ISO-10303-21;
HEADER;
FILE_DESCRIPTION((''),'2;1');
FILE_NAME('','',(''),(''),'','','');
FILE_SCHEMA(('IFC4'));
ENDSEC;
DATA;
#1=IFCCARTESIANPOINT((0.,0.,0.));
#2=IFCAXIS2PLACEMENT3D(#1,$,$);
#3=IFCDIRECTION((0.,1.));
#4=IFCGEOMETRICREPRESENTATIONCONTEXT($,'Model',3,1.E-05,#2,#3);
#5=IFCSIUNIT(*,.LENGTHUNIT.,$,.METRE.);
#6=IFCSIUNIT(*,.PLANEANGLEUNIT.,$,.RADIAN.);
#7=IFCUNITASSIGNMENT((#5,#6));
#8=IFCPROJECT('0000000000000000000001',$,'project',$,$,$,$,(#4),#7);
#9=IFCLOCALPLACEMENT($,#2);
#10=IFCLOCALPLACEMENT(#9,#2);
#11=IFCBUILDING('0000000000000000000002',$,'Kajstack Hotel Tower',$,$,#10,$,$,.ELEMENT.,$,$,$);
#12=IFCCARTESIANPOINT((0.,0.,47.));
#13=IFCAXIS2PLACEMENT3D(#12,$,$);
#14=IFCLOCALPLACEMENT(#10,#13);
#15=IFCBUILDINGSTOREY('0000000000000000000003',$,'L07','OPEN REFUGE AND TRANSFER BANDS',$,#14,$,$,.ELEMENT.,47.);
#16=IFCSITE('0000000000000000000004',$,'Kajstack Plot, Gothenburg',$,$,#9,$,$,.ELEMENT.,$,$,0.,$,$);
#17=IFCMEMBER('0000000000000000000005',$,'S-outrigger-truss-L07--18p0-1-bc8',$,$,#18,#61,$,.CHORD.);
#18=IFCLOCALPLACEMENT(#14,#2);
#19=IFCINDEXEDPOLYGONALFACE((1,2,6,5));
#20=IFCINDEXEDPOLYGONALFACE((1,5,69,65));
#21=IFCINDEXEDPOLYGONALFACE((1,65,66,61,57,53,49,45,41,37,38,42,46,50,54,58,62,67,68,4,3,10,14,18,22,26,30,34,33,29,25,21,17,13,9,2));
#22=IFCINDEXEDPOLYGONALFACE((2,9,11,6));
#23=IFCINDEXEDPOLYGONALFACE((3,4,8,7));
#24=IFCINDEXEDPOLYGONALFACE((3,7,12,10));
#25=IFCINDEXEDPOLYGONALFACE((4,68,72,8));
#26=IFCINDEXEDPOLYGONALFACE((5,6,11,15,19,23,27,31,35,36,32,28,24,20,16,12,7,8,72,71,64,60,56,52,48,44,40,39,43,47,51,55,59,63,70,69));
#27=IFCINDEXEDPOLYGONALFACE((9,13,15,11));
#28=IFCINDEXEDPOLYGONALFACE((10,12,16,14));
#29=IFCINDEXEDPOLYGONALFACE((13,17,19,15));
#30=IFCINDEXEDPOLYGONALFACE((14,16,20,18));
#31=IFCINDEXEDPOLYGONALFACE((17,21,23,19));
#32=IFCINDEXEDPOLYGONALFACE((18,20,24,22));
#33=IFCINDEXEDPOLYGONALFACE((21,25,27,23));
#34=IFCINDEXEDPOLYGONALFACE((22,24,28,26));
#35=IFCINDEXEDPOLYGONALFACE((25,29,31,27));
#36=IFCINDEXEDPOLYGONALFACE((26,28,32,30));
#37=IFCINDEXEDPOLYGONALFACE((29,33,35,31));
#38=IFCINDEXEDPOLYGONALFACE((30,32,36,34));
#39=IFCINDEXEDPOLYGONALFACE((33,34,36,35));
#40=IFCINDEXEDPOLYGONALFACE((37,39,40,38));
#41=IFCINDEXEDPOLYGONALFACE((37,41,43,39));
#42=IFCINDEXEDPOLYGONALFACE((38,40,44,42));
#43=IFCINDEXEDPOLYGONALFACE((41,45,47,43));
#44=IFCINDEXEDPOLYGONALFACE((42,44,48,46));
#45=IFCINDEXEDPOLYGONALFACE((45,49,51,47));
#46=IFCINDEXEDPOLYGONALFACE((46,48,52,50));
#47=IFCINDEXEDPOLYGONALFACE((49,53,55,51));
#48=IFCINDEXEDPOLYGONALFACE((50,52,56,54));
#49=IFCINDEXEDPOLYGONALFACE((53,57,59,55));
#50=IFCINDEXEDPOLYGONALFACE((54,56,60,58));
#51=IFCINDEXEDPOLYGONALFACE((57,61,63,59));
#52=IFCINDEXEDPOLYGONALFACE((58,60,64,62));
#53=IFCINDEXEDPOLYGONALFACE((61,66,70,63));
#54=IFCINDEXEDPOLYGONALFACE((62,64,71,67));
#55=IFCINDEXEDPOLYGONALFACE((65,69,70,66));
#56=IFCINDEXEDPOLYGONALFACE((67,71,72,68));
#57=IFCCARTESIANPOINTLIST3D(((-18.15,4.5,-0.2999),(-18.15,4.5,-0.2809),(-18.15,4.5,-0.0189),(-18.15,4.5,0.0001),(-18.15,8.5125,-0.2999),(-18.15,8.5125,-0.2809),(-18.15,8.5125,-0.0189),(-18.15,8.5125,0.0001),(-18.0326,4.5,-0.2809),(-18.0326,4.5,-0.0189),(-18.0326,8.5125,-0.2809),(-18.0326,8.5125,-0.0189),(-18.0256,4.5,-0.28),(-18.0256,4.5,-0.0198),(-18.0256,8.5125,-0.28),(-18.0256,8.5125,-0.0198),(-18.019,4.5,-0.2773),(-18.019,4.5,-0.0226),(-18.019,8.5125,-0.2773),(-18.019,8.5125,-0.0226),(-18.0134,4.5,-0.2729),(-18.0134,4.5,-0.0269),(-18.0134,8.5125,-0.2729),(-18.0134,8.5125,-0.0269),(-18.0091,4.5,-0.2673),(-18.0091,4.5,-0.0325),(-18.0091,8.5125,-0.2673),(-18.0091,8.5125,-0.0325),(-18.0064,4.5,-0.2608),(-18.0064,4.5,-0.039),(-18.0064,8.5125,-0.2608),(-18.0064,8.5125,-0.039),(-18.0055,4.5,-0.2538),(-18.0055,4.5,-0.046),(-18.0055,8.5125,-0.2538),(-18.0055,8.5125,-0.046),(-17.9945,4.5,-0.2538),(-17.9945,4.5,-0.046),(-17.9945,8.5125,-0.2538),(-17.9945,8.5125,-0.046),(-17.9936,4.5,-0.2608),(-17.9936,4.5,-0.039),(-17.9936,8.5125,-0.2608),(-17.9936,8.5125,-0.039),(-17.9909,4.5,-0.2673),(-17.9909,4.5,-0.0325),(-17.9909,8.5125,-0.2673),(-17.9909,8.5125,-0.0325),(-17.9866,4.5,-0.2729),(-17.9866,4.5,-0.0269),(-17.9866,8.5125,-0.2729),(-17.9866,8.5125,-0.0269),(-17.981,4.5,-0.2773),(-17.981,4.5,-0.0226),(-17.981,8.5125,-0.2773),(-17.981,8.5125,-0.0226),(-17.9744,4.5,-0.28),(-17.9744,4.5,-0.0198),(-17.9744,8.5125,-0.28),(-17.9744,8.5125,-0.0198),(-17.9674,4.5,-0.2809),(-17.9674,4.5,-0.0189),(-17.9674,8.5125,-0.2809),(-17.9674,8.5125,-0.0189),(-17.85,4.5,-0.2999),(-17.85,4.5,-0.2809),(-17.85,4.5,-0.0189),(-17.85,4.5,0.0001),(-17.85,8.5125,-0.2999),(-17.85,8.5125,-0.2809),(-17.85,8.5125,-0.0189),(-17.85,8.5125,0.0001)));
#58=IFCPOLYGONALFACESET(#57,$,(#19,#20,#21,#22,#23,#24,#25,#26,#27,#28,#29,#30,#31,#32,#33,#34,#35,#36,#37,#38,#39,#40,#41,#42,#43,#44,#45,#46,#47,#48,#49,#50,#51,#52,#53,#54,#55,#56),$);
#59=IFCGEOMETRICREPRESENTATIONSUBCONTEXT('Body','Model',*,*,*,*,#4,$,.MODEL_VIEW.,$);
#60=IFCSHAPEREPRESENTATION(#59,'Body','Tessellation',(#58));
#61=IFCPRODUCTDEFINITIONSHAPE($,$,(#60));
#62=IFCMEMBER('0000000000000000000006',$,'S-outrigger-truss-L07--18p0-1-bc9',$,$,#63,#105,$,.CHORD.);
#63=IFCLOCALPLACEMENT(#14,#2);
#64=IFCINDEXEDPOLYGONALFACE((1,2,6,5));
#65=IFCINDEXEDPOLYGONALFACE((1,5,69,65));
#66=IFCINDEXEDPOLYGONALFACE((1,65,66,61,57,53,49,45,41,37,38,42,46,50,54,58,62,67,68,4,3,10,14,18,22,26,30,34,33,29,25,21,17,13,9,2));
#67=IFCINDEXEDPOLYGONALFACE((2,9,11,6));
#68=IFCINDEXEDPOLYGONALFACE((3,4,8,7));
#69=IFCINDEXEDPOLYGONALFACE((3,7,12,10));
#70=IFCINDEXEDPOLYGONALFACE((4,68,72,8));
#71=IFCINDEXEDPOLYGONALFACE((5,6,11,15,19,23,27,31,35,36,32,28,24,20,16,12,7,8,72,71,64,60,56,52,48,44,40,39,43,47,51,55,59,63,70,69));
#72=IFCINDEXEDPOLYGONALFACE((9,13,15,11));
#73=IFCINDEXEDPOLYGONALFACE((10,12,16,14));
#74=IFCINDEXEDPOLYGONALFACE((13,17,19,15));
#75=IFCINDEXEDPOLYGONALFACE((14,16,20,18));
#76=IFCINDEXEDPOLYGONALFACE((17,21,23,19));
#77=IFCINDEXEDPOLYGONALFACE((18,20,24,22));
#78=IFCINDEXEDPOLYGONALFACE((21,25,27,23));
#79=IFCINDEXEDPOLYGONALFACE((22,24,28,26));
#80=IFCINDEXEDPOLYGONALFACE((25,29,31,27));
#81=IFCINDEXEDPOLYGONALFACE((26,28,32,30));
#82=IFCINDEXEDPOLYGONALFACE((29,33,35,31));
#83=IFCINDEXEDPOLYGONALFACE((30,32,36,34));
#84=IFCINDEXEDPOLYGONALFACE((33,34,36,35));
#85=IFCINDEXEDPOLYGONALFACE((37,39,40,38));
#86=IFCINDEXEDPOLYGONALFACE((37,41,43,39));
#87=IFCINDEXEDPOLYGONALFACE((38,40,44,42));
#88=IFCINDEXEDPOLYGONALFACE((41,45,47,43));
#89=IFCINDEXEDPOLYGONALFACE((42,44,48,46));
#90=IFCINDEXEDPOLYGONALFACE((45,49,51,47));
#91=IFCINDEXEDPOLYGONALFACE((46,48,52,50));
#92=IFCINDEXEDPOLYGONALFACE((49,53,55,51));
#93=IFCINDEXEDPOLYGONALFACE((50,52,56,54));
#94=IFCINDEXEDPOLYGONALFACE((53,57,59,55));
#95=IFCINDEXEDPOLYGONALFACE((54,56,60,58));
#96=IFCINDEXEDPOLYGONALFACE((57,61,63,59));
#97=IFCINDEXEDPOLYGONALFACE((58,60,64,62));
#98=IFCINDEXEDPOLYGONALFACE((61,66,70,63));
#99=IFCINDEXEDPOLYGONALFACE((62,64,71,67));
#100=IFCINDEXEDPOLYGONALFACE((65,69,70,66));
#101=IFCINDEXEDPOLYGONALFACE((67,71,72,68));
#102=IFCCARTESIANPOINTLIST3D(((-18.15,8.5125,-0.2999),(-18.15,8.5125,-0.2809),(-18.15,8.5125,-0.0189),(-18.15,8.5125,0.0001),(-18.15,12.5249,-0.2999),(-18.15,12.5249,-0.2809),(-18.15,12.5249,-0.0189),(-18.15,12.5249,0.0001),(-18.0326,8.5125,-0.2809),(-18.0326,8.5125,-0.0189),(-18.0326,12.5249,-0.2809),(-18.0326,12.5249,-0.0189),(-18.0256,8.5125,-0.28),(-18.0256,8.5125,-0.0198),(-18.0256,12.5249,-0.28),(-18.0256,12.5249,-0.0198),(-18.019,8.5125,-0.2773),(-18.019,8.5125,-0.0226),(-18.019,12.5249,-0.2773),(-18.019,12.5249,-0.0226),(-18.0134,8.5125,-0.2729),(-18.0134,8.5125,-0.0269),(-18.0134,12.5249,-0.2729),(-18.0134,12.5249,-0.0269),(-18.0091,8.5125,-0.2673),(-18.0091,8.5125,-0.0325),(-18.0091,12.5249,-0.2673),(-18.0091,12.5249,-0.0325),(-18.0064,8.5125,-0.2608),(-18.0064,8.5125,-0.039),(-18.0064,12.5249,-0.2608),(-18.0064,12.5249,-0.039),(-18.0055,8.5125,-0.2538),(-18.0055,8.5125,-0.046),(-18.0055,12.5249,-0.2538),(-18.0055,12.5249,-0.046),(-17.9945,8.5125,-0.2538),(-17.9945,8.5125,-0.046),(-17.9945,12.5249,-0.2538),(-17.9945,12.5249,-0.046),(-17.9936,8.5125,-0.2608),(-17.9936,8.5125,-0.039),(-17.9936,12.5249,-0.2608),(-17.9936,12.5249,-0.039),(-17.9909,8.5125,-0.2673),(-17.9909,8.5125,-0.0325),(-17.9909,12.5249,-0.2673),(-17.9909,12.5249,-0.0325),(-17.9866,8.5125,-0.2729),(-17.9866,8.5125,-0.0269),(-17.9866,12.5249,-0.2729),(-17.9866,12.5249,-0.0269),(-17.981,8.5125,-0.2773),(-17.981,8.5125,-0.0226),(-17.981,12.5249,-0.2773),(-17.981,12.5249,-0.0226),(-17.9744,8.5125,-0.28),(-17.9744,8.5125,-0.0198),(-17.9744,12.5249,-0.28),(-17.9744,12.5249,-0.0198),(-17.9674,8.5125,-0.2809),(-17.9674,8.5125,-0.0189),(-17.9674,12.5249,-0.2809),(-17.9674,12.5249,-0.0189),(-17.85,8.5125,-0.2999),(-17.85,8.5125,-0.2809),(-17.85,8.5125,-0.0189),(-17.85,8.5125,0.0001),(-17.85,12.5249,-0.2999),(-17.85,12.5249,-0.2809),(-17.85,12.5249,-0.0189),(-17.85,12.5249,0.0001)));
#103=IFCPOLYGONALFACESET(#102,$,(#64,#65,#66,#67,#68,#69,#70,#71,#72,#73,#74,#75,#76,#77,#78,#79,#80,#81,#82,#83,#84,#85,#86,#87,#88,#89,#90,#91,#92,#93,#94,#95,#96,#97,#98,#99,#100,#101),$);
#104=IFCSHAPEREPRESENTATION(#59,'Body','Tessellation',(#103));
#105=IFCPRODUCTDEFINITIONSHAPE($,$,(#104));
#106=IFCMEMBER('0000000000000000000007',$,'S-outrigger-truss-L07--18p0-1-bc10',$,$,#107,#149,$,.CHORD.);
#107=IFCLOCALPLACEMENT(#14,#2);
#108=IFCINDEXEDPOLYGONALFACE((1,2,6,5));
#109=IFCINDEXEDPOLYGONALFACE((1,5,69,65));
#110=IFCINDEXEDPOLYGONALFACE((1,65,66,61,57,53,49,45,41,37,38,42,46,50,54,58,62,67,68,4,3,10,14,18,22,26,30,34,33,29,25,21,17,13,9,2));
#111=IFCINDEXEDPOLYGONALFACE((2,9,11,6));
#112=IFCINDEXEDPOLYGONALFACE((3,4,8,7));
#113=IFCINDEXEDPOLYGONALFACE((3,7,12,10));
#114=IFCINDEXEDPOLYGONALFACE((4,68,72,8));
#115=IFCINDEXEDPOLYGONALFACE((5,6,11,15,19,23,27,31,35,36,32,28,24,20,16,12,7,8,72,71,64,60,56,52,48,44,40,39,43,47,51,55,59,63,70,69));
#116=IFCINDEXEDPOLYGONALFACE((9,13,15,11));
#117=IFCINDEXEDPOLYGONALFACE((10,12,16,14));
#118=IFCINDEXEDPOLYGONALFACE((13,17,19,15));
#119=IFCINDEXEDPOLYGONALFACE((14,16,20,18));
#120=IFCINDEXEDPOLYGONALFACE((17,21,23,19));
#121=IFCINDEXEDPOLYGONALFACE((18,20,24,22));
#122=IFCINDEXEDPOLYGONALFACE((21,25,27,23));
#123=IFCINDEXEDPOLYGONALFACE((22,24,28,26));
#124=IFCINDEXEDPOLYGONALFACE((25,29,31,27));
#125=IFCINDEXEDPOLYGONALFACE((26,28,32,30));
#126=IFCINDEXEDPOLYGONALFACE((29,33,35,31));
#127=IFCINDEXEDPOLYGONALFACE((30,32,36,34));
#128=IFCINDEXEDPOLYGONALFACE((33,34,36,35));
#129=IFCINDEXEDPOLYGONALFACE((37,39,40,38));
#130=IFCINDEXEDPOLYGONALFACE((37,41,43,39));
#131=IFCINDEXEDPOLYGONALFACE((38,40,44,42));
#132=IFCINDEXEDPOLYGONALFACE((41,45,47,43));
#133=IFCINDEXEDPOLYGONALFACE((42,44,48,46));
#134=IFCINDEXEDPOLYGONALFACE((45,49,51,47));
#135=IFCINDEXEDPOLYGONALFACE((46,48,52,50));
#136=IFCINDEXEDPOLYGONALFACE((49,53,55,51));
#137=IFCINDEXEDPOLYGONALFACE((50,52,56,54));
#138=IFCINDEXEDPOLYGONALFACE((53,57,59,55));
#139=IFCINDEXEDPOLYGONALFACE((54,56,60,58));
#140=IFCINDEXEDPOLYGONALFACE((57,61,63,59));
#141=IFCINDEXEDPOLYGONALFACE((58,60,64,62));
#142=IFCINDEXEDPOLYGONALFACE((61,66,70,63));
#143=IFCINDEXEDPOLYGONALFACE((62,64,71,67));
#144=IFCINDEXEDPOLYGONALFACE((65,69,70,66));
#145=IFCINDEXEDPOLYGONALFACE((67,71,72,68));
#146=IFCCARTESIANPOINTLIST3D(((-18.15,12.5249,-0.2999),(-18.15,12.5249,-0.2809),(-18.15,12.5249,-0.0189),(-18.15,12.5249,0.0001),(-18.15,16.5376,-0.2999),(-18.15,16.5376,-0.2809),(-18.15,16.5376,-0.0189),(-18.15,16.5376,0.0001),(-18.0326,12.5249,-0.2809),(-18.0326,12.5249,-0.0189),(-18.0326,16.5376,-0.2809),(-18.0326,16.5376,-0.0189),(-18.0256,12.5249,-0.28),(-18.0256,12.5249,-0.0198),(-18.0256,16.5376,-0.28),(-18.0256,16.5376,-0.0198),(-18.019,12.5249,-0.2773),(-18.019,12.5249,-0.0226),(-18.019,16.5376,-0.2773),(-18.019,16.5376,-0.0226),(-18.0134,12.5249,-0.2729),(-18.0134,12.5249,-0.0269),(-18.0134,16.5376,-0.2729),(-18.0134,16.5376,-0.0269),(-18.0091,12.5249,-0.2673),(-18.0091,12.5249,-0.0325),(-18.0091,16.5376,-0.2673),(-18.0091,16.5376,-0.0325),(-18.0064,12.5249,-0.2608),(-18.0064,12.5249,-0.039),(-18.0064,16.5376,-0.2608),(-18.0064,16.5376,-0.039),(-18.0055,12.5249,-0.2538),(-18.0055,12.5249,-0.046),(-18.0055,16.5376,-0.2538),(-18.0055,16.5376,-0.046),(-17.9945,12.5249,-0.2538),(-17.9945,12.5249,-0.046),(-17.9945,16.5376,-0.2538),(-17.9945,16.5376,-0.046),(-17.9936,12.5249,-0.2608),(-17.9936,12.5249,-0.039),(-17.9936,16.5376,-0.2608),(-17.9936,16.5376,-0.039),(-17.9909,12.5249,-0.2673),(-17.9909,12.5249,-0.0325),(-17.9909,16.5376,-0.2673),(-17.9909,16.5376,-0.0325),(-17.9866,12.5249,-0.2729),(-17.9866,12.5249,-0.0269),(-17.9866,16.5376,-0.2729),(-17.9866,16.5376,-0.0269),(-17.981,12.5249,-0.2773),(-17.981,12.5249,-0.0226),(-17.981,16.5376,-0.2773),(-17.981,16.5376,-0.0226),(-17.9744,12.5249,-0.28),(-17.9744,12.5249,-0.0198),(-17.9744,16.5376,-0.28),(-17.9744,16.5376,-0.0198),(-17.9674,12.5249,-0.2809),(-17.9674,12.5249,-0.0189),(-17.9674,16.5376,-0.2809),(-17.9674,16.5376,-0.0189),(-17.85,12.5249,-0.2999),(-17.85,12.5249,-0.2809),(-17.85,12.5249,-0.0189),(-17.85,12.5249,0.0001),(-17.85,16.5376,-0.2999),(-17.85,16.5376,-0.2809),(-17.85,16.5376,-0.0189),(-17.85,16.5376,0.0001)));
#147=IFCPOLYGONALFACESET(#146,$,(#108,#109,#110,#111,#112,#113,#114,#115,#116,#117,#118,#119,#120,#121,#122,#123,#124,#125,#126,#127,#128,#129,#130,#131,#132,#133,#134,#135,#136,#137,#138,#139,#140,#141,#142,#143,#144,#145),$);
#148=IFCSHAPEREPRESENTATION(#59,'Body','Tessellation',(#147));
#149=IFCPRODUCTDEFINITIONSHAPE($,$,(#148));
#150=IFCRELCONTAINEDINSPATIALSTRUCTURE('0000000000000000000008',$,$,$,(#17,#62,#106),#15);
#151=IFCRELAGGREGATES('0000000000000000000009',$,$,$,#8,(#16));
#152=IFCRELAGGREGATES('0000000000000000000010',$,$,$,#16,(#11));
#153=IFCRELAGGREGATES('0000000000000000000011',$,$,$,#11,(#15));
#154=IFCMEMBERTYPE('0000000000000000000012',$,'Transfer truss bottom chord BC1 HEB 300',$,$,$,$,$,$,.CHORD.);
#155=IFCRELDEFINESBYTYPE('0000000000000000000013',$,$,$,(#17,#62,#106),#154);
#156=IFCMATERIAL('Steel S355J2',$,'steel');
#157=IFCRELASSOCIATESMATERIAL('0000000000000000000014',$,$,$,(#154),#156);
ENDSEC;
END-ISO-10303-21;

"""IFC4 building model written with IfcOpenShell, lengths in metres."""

from ifc_helpers import new_model, si_unit, direction, frame, origin, origin_2d, place, context, subcontext, project, spatial, i_section, extrude, material, material_profile, profile_set, type_object, element, save


model = new_model("IFC4")

# Units and contexts
model_context = context("Model", 3, precision=1e-05, world=origin(), true_north=direction((0.0, 1.0)))
body_context = subcontext(model_context, "Body", "Model", "MODEL_VIEW")
ifc_project = project(units=[si_unit("LENGTHUNIT", "METRE"), si_unit("PLANEANGLEUNIT", "RADIAN")], contexts=[model_context])

# Site, building, storey
site_placement = place(None, origin())
site = spatial("IfcSite", under=ifc_project, at=site_placement, Name="Kajstack Plot, Gothenburg", CompositionType="ELEMENT", RefElevation=0.0)
building_placement = place(site_placement, origin())
building = spatial("IfcBuilding", under=site, at=building_placement, Name="Kajstack Hotel Tower", CompositionType="ELEMENT")
storey_placement = place(building_placement, frame((0.0, 0.0, 47.0)))
storey = spatial("IfcBuildingStorey", under=building, at=storey_placement, Name="L07", Description="OPEN REFUGE AND TRANSFER BANDS", CompositionType="ELEMENT", Elevation=47.0)

# Members
ifc_material_1 = material(Name="Steel S355J2", Category="steel")
ifc_material_profile_1 = material_profile(ifc_material_1, i_section(OverallWidth=0.3, OverallDepth=0.3, WebThickness=0.011, FlangeThickness=0.019, FilletRadius=0.0271, at=origin_2d()), Name="HEB 300")
ifc_profile_set_1 = profile_set([ifc_material_profile_1], Name="Steel S355J2")
member_type_1 = type_object("IfcMemberType", Name="Transfer truss bottom chord BC1 HEB 300", PredefinedType="CHORD", material=ifc_profile_set_1)
for number, where, z_axis, x_axis, name in (
    (1, (-18.0, 4.5, -0.1499), (0.0, 1.0, 0.0), (-1.0, 0.0, 0.0), "S-outrigger-truss-L07--18p0-1-bc8"),
    (2, (-18.0, 8.5125, -0.1499), (0.0, 1.0, 0.0), (-1.0, 0.0, 0.0), "S-outrigger-truss-L07--18p0-1-bc9"),
):
    element("IfcMember", number, at=place(storey_placement, frame(where, z_axis=z_axis, x_axis=x_axis)), inside=storey, type_object=member_type_1, Name=name, PredefinedType="CHORD", context=body_context, shape_type="SweptSolid", body=[
        extrude(i_section(OverallWidth=0.3, OverallDepth=0.3, WebThickness=0.011, FlangeThickness=0.019, FilletRadius=0.0271, at=origin_2d()), origin(), (0.0, 0.0, 1.0), 4.0125),
    ])
member_1_placement = place(storey_placement, frame((-18.0, 12.5249, -0.1499), z_axis=(0.0, 1.0, 0.0), x_axis=(-1.0, 0.0, 0.0)))
element("IfcMember", 3, at=member_1_placement, inside=storey, type_object=member_type_1, Name="S-outrigger-truss-L07--18p0-1-bc10", PredefinedType="CHORD", context=body_context, shape_type="SweptSolid", body=[
    extrude(i_section(OverallWidth=0.3, OverallDepth=0.3, WebThickness=0.011, FlangeThickness=0.019, FilletRadius=0.0271, at=origin_2d()), origin(), (0.0, 0.0, 1.0), 4.0127),
])

save(model, "model.ifc")
